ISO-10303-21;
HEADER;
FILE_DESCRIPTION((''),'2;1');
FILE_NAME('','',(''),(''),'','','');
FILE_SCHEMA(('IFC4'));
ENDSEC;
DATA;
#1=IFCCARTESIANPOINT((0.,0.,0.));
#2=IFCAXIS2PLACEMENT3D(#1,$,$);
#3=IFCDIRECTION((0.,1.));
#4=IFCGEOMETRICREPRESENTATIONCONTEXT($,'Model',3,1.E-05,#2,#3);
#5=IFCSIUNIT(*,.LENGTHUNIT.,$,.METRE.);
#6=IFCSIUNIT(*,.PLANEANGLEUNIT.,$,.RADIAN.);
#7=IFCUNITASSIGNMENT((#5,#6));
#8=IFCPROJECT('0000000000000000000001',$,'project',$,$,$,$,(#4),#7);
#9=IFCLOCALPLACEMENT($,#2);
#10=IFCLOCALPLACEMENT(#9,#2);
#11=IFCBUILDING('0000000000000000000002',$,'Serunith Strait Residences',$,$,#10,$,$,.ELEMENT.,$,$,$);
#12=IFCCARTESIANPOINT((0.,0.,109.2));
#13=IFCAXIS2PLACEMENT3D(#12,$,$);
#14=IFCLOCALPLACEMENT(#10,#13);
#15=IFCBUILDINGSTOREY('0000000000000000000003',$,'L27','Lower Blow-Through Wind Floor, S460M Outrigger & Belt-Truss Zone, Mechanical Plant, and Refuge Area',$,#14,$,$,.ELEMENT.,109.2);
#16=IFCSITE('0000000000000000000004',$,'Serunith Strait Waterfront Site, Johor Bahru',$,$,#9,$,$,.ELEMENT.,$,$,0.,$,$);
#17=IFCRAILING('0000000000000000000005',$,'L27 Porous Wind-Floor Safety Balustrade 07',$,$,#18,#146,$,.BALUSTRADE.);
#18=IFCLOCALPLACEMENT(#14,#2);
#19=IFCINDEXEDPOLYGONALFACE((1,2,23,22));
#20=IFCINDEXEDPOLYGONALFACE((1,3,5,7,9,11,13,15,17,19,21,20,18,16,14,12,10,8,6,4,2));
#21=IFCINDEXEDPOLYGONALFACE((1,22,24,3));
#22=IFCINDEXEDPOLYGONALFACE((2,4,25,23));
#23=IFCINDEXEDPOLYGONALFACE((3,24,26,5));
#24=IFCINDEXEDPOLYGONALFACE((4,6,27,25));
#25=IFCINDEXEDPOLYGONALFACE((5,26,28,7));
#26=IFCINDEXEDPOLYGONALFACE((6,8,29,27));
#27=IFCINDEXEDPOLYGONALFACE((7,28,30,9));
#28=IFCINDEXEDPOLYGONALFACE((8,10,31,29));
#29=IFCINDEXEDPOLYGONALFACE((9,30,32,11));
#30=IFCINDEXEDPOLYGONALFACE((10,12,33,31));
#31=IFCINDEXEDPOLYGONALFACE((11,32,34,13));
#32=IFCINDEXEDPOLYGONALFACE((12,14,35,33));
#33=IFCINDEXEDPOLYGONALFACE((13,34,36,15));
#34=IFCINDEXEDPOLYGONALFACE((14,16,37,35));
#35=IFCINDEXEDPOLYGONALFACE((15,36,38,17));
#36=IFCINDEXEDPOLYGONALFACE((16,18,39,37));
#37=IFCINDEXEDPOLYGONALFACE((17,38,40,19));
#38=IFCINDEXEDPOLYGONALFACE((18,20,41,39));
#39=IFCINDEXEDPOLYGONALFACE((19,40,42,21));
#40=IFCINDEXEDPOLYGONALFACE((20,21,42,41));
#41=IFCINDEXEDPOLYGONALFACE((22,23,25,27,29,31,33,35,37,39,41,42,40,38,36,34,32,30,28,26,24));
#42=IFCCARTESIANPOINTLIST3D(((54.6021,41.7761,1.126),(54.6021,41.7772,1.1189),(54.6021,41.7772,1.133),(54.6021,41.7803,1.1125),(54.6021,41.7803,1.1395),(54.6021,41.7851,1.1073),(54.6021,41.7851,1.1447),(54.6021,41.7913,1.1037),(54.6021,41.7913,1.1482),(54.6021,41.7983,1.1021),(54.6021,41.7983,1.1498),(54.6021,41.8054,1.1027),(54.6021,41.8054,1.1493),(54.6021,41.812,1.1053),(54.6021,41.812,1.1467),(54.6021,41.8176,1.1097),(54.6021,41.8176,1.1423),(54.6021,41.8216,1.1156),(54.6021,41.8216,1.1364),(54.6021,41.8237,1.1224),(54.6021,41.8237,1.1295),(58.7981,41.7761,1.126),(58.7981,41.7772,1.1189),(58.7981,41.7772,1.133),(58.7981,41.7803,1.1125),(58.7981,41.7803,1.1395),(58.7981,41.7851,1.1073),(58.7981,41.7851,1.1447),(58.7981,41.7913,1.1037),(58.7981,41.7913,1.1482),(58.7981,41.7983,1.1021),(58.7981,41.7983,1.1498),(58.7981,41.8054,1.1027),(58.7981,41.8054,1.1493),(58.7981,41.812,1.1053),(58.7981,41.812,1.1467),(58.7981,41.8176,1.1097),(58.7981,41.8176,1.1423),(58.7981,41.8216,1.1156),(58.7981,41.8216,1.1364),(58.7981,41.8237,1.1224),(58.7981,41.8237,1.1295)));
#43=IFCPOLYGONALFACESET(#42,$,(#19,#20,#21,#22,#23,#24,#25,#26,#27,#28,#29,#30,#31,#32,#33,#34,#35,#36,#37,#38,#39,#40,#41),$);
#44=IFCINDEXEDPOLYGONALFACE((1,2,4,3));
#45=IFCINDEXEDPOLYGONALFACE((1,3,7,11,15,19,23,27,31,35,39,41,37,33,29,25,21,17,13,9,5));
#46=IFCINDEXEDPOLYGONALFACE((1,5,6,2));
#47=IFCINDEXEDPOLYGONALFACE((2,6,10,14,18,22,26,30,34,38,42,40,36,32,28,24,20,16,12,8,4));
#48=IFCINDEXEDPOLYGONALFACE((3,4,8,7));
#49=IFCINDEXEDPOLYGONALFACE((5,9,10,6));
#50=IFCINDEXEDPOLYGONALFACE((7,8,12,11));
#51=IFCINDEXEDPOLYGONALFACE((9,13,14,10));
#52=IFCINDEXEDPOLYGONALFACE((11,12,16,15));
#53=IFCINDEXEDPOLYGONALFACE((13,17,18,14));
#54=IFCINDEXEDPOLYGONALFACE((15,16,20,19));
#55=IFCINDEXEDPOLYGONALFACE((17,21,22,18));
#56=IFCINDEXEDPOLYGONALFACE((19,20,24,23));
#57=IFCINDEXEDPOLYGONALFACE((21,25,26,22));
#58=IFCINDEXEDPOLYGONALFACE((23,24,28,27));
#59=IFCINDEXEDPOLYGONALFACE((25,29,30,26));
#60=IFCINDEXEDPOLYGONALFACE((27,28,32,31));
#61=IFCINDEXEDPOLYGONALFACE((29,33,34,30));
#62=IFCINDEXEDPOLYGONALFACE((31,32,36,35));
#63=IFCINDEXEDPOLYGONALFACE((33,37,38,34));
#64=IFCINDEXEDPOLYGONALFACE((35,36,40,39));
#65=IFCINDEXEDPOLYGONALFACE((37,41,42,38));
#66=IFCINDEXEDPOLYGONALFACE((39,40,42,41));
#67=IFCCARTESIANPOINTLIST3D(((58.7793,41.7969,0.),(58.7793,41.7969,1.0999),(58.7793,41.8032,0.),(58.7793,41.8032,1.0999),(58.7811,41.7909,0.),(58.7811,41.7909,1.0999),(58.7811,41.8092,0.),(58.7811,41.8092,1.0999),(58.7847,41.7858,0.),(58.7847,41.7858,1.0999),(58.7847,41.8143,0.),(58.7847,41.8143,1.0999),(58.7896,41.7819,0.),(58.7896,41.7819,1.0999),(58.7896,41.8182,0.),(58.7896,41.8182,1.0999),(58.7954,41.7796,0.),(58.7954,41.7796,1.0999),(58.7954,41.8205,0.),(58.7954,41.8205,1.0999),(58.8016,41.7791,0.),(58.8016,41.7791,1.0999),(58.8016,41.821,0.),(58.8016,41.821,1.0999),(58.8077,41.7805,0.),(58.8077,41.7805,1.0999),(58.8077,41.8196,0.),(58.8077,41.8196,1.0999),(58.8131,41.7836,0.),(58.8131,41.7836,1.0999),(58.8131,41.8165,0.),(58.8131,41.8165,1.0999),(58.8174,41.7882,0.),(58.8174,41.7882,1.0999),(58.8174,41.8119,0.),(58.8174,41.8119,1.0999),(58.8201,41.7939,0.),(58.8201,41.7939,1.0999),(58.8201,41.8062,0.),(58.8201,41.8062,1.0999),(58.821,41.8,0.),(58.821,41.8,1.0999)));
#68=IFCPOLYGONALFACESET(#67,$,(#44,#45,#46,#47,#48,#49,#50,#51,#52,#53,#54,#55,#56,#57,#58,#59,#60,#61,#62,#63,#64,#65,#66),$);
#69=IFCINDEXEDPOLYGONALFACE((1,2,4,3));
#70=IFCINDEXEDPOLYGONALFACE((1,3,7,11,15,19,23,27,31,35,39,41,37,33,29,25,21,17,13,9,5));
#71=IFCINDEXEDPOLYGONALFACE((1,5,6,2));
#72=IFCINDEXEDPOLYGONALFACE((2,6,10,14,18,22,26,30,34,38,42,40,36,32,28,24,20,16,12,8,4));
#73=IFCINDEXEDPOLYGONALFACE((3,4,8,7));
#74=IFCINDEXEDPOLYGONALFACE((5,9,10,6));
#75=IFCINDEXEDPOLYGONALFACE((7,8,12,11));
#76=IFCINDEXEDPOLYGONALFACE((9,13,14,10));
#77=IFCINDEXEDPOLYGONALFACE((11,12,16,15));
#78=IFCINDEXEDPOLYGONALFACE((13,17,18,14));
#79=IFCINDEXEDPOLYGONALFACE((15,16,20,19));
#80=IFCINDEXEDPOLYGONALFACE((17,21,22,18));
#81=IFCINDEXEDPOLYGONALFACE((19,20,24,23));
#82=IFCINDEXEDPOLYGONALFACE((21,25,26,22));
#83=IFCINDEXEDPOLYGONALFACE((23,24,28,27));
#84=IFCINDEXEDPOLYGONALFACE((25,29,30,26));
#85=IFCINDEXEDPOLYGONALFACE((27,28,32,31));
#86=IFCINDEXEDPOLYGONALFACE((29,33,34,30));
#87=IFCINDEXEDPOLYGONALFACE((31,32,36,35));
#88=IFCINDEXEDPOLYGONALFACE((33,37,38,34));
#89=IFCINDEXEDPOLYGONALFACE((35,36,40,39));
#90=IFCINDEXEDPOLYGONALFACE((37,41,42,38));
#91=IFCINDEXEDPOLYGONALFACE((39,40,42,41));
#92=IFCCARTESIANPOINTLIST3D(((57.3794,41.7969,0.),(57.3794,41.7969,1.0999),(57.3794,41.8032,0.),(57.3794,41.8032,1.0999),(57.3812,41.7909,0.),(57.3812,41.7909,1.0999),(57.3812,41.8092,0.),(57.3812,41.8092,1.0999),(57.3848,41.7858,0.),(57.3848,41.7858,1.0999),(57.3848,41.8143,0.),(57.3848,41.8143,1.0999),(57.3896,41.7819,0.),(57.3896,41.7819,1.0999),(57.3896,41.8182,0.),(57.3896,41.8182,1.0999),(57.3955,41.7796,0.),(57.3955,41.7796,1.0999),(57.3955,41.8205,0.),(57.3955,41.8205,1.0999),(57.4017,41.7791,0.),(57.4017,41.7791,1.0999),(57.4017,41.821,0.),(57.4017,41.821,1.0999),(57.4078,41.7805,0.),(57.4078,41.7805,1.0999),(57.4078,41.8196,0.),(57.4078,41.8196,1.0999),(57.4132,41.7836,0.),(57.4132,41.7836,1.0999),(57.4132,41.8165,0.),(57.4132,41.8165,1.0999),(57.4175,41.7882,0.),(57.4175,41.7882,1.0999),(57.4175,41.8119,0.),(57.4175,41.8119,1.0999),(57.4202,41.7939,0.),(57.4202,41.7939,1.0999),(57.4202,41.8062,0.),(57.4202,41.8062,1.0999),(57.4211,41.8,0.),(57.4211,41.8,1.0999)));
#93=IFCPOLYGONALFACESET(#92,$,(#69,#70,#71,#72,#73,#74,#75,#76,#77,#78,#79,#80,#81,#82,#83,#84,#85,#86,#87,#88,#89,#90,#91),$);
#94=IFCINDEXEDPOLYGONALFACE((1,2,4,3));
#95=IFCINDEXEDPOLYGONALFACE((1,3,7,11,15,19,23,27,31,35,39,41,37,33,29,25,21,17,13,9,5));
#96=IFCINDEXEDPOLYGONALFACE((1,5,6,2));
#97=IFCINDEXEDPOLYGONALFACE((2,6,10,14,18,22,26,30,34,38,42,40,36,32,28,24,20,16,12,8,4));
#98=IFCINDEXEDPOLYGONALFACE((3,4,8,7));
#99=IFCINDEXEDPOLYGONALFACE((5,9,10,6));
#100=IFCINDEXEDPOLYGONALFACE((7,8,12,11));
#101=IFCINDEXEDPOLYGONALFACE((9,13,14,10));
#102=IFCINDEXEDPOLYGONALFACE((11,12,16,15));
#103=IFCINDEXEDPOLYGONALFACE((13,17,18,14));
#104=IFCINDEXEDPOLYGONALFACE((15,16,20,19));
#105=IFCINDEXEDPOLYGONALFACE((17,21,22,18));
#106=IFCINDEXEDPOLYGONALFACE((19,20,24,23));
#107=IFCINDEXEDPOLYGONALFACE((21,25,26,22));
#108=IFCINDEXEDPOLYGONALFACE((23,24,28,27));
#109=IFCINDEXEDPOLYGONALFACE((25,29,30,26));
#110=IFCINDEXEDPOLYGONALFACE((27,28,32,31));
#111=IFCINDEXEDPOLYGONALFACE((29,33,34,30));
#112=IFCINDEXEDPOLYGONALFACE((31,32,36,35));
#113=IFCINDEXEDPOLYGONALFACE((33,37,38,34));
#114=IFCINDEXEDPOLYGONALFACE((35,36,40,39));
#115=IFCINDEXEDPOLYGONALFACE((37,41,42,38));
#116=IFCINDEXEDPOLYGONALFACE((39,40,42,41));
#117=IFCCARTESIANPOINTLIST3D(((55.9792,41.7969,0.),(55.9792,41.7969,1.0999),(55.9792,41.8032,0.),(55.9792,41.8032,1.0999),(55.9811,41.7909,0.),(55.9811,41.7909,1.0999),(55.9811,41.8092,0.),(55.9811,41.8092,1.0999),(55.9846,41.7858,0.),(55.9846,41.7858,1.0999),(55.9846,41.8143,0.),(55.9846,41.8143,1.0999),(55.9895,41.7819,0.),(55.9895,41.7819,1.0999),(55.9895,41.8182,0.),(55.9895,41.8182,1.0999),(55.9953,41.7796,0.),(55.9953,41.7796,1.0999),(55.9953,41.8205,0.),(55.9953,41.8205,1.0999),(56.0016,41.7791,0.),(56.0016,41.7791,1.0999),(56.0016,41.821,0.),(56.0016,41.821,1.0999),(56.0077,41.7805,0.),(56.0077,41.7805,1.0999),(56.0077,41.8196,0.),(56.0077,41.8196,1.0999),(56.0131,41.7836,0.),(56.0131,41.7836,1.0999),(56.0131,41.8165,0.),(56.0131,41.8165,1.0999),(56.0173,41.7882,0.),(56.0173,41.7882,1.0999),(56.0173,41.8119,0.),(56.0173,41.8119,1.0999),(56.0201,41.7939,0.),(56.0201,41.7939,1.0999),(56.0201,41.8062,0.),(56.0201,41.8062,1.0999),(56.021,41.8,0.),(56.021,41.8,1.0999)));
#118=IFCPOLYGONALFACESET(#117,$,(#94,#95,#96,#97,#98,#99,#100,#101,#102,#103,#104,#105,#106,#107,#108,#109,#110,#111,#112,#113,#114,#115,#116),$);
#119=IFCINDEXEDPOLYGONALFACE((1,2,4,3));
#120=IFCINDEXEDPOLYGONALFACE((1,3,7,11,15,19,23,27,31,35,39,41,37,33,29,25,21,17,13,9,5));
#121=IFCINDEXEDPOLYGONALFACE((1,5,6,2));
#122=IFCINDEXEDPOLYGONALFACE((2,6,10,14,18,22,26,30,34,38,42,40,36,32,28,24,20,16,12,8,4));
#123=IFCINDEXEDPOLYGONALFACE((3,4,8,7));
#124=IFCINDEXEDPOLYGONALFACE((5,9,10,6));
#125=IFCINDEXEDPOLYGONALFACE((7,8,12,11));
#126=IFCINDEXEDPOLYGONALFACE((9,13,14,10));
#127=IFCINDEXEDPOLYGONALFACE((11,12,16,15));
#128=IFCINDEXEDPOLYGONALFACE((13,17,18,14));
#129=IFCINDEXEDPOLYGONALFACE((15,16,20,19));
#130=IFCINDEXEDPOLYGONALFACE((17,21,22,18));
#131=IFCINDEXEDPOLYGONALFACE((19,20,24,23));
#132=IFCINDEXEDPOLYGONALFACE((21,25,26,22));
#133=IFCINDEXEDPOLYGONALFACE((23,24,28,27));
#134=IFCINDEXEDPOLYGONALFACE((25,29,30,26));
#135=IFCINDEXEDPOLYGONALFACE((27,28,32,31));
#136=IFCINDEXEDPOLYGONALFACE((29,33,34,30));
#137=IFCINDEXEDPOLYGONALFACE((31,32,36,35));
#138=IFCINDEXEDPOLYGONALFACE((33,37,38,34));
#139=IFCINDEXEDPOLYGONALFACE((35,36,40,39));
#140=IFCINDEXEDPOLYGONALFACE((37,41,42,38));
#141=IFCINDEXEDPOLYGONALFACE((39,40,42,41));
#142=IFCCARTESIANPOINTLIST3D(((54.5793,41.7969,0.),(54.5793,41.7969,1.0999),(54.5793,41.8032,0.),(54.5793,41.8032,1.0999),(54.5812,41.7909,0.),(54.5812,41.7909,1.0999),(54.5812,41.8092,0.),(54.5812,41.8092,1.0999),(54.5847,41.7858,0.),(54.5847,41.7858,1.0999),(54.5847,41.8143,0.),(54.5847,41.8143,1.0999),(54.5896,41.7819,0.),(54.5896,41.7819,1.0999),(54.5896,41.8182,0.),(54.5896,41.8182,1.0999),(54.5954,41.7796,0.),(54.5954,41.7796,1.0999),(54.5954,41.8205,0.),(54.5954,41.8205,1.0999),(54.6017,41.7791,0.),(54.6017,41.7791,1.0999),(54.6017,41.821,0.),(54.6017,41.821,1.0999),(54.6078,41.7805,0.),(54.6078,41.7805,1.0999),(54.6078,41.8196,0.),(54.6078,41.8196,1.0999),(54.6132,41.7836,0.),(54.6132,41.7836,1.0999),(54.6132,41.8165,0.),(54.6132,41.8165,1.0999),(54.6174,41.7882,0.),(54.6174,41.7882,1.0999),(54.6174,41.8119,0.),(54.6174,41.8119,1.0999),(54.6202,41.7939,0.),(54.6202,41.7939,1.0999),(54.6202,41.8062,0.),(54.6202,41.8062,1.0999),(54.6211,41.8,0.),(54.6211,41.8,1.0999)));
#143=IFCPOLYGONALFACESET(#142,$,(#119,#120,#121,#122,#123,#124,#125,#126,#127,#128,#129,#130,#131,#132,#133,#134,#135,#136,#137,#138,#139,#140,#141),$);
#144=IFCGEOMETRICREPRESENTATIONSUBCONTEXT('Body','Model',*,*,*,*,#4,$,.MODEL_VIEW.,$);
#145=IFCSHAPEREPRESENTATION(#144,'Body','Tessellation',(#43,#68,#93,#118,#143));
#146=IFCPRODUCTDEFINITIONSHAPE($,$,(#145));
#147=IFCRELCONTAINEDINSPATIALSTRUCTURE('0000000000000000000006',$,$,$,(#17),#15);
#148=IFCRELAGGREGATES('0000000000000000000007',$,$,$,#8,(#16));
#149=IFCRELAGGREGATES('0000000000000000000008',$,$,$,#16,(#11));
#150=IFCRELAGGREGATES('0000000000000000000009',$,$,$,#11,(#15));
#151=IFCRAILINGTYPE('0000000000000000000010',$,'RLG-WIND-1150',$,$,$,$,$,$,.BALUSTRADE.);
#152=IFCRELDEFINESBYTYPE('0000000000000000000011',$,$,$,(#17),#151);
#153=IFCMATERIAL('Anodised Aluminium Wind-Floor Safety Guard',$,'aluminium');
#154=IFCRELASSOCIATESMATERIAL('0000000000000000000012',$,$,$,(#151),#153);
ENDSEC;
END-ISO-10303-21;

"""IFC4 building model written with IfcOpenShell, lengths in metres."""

from ifc_helpers import new_model, si_unit, direction, frame, origin, origin_2d, place, context, subcontext, project, spatial, circle, extrude, material, type_object, element, save


model = new_model("IFC4")

# Units and contexts
model_context = context("Model", 3, precision=1e-05, world=origin(), true_north=direction((0.0, 1.0)))
body_context = subcontext(model_context, "Body", "Model", "MODEL_VIEW")
ifc_project = project(units=[si_unit("LENGTHUNIT", "METRE"), si_unit("PLANEANGLEUNIT", "RADIAN")], contexts=[model_context])

# Site, building, storey
site_placement = place(None, origin())
site = spatial("IfcSite", under=ifc_project, at=site_placement, Name="Serunith Strait Waterfront Site, Johor Bahru", CompositionType="ELEMENT", RefElevation=0.0)
building_placement = place(site_placement, origin())
building = spatial("IfcBuilding", under=site, at=building_placement, Name="Serunith Strait Residences", CompositionType="ELEMENT")
storey_placement = place(building_placement, frame((0.0, 0.0, 109.2)))
storey = spatial("IfcBuildingStorey", under=building, at=storey_placement, Name="L27", Description="Lower Blow-Through Wind Floor, S460M Outrigger & Belt-Truss Zone, Mechanical Plant, and Refuge Area", CompositionType="ELEMENT", Elevation=109.2)

# Railing
ifc_material_1 = material(Name="Anodised Aluminium Wind-Floor Safety Guard", Category="aluminium")
railing_type = type_object("IfcRailingType", Name="RLG-WIND-1150", PredefinedType="BALUSTRADE", material=ifc_material_1)
railing_1_placement = place(storey_placement, frame((58.8, 41.8, 0.0)))
element("IfcRailing", 1, at=railing_1_placement, inside=storey, type_object=railing_type, Name="L27 Porous Wind-Floor Safety Balustrade 07", PredefinedType="BALUSTRADE", context=body_context, shape_type="SweptSolid", body=[
    extrude(circle(Radius=0.0239, at=origin_2d()), frame((-0.002, 0.0, 1.126), z_axis=(-1.0, 0.0, 0.0), x_axis=(0.0, -1.0, 0.0)), (0.0, 0.0, 1.0), 4.196),
    extrude(circle(Radius=0.021, at=origin_2d()), origin(), (0.0, 0.0, 1.0), 1.0999),
    extrude(circle(Radius=0.021, at=origin_2d()), frame((-1.3999, 0.0, 0.0)), (0.0, 0.0, 1.0), 1.0999),
    extrude(circle(Radius=0.021, at=origin_2d()), frame((-2.8, 0.0, 0.0)), (0.0, 0.0, 1.0), 1.0999),
    extrude(circle(Radius=0.021, at=origin_2d()), frame((-4.2, 0.0, 0.0)), (0.0, 0.0, 1.0), 1.0999),
])

save(model, "model.ifc")
